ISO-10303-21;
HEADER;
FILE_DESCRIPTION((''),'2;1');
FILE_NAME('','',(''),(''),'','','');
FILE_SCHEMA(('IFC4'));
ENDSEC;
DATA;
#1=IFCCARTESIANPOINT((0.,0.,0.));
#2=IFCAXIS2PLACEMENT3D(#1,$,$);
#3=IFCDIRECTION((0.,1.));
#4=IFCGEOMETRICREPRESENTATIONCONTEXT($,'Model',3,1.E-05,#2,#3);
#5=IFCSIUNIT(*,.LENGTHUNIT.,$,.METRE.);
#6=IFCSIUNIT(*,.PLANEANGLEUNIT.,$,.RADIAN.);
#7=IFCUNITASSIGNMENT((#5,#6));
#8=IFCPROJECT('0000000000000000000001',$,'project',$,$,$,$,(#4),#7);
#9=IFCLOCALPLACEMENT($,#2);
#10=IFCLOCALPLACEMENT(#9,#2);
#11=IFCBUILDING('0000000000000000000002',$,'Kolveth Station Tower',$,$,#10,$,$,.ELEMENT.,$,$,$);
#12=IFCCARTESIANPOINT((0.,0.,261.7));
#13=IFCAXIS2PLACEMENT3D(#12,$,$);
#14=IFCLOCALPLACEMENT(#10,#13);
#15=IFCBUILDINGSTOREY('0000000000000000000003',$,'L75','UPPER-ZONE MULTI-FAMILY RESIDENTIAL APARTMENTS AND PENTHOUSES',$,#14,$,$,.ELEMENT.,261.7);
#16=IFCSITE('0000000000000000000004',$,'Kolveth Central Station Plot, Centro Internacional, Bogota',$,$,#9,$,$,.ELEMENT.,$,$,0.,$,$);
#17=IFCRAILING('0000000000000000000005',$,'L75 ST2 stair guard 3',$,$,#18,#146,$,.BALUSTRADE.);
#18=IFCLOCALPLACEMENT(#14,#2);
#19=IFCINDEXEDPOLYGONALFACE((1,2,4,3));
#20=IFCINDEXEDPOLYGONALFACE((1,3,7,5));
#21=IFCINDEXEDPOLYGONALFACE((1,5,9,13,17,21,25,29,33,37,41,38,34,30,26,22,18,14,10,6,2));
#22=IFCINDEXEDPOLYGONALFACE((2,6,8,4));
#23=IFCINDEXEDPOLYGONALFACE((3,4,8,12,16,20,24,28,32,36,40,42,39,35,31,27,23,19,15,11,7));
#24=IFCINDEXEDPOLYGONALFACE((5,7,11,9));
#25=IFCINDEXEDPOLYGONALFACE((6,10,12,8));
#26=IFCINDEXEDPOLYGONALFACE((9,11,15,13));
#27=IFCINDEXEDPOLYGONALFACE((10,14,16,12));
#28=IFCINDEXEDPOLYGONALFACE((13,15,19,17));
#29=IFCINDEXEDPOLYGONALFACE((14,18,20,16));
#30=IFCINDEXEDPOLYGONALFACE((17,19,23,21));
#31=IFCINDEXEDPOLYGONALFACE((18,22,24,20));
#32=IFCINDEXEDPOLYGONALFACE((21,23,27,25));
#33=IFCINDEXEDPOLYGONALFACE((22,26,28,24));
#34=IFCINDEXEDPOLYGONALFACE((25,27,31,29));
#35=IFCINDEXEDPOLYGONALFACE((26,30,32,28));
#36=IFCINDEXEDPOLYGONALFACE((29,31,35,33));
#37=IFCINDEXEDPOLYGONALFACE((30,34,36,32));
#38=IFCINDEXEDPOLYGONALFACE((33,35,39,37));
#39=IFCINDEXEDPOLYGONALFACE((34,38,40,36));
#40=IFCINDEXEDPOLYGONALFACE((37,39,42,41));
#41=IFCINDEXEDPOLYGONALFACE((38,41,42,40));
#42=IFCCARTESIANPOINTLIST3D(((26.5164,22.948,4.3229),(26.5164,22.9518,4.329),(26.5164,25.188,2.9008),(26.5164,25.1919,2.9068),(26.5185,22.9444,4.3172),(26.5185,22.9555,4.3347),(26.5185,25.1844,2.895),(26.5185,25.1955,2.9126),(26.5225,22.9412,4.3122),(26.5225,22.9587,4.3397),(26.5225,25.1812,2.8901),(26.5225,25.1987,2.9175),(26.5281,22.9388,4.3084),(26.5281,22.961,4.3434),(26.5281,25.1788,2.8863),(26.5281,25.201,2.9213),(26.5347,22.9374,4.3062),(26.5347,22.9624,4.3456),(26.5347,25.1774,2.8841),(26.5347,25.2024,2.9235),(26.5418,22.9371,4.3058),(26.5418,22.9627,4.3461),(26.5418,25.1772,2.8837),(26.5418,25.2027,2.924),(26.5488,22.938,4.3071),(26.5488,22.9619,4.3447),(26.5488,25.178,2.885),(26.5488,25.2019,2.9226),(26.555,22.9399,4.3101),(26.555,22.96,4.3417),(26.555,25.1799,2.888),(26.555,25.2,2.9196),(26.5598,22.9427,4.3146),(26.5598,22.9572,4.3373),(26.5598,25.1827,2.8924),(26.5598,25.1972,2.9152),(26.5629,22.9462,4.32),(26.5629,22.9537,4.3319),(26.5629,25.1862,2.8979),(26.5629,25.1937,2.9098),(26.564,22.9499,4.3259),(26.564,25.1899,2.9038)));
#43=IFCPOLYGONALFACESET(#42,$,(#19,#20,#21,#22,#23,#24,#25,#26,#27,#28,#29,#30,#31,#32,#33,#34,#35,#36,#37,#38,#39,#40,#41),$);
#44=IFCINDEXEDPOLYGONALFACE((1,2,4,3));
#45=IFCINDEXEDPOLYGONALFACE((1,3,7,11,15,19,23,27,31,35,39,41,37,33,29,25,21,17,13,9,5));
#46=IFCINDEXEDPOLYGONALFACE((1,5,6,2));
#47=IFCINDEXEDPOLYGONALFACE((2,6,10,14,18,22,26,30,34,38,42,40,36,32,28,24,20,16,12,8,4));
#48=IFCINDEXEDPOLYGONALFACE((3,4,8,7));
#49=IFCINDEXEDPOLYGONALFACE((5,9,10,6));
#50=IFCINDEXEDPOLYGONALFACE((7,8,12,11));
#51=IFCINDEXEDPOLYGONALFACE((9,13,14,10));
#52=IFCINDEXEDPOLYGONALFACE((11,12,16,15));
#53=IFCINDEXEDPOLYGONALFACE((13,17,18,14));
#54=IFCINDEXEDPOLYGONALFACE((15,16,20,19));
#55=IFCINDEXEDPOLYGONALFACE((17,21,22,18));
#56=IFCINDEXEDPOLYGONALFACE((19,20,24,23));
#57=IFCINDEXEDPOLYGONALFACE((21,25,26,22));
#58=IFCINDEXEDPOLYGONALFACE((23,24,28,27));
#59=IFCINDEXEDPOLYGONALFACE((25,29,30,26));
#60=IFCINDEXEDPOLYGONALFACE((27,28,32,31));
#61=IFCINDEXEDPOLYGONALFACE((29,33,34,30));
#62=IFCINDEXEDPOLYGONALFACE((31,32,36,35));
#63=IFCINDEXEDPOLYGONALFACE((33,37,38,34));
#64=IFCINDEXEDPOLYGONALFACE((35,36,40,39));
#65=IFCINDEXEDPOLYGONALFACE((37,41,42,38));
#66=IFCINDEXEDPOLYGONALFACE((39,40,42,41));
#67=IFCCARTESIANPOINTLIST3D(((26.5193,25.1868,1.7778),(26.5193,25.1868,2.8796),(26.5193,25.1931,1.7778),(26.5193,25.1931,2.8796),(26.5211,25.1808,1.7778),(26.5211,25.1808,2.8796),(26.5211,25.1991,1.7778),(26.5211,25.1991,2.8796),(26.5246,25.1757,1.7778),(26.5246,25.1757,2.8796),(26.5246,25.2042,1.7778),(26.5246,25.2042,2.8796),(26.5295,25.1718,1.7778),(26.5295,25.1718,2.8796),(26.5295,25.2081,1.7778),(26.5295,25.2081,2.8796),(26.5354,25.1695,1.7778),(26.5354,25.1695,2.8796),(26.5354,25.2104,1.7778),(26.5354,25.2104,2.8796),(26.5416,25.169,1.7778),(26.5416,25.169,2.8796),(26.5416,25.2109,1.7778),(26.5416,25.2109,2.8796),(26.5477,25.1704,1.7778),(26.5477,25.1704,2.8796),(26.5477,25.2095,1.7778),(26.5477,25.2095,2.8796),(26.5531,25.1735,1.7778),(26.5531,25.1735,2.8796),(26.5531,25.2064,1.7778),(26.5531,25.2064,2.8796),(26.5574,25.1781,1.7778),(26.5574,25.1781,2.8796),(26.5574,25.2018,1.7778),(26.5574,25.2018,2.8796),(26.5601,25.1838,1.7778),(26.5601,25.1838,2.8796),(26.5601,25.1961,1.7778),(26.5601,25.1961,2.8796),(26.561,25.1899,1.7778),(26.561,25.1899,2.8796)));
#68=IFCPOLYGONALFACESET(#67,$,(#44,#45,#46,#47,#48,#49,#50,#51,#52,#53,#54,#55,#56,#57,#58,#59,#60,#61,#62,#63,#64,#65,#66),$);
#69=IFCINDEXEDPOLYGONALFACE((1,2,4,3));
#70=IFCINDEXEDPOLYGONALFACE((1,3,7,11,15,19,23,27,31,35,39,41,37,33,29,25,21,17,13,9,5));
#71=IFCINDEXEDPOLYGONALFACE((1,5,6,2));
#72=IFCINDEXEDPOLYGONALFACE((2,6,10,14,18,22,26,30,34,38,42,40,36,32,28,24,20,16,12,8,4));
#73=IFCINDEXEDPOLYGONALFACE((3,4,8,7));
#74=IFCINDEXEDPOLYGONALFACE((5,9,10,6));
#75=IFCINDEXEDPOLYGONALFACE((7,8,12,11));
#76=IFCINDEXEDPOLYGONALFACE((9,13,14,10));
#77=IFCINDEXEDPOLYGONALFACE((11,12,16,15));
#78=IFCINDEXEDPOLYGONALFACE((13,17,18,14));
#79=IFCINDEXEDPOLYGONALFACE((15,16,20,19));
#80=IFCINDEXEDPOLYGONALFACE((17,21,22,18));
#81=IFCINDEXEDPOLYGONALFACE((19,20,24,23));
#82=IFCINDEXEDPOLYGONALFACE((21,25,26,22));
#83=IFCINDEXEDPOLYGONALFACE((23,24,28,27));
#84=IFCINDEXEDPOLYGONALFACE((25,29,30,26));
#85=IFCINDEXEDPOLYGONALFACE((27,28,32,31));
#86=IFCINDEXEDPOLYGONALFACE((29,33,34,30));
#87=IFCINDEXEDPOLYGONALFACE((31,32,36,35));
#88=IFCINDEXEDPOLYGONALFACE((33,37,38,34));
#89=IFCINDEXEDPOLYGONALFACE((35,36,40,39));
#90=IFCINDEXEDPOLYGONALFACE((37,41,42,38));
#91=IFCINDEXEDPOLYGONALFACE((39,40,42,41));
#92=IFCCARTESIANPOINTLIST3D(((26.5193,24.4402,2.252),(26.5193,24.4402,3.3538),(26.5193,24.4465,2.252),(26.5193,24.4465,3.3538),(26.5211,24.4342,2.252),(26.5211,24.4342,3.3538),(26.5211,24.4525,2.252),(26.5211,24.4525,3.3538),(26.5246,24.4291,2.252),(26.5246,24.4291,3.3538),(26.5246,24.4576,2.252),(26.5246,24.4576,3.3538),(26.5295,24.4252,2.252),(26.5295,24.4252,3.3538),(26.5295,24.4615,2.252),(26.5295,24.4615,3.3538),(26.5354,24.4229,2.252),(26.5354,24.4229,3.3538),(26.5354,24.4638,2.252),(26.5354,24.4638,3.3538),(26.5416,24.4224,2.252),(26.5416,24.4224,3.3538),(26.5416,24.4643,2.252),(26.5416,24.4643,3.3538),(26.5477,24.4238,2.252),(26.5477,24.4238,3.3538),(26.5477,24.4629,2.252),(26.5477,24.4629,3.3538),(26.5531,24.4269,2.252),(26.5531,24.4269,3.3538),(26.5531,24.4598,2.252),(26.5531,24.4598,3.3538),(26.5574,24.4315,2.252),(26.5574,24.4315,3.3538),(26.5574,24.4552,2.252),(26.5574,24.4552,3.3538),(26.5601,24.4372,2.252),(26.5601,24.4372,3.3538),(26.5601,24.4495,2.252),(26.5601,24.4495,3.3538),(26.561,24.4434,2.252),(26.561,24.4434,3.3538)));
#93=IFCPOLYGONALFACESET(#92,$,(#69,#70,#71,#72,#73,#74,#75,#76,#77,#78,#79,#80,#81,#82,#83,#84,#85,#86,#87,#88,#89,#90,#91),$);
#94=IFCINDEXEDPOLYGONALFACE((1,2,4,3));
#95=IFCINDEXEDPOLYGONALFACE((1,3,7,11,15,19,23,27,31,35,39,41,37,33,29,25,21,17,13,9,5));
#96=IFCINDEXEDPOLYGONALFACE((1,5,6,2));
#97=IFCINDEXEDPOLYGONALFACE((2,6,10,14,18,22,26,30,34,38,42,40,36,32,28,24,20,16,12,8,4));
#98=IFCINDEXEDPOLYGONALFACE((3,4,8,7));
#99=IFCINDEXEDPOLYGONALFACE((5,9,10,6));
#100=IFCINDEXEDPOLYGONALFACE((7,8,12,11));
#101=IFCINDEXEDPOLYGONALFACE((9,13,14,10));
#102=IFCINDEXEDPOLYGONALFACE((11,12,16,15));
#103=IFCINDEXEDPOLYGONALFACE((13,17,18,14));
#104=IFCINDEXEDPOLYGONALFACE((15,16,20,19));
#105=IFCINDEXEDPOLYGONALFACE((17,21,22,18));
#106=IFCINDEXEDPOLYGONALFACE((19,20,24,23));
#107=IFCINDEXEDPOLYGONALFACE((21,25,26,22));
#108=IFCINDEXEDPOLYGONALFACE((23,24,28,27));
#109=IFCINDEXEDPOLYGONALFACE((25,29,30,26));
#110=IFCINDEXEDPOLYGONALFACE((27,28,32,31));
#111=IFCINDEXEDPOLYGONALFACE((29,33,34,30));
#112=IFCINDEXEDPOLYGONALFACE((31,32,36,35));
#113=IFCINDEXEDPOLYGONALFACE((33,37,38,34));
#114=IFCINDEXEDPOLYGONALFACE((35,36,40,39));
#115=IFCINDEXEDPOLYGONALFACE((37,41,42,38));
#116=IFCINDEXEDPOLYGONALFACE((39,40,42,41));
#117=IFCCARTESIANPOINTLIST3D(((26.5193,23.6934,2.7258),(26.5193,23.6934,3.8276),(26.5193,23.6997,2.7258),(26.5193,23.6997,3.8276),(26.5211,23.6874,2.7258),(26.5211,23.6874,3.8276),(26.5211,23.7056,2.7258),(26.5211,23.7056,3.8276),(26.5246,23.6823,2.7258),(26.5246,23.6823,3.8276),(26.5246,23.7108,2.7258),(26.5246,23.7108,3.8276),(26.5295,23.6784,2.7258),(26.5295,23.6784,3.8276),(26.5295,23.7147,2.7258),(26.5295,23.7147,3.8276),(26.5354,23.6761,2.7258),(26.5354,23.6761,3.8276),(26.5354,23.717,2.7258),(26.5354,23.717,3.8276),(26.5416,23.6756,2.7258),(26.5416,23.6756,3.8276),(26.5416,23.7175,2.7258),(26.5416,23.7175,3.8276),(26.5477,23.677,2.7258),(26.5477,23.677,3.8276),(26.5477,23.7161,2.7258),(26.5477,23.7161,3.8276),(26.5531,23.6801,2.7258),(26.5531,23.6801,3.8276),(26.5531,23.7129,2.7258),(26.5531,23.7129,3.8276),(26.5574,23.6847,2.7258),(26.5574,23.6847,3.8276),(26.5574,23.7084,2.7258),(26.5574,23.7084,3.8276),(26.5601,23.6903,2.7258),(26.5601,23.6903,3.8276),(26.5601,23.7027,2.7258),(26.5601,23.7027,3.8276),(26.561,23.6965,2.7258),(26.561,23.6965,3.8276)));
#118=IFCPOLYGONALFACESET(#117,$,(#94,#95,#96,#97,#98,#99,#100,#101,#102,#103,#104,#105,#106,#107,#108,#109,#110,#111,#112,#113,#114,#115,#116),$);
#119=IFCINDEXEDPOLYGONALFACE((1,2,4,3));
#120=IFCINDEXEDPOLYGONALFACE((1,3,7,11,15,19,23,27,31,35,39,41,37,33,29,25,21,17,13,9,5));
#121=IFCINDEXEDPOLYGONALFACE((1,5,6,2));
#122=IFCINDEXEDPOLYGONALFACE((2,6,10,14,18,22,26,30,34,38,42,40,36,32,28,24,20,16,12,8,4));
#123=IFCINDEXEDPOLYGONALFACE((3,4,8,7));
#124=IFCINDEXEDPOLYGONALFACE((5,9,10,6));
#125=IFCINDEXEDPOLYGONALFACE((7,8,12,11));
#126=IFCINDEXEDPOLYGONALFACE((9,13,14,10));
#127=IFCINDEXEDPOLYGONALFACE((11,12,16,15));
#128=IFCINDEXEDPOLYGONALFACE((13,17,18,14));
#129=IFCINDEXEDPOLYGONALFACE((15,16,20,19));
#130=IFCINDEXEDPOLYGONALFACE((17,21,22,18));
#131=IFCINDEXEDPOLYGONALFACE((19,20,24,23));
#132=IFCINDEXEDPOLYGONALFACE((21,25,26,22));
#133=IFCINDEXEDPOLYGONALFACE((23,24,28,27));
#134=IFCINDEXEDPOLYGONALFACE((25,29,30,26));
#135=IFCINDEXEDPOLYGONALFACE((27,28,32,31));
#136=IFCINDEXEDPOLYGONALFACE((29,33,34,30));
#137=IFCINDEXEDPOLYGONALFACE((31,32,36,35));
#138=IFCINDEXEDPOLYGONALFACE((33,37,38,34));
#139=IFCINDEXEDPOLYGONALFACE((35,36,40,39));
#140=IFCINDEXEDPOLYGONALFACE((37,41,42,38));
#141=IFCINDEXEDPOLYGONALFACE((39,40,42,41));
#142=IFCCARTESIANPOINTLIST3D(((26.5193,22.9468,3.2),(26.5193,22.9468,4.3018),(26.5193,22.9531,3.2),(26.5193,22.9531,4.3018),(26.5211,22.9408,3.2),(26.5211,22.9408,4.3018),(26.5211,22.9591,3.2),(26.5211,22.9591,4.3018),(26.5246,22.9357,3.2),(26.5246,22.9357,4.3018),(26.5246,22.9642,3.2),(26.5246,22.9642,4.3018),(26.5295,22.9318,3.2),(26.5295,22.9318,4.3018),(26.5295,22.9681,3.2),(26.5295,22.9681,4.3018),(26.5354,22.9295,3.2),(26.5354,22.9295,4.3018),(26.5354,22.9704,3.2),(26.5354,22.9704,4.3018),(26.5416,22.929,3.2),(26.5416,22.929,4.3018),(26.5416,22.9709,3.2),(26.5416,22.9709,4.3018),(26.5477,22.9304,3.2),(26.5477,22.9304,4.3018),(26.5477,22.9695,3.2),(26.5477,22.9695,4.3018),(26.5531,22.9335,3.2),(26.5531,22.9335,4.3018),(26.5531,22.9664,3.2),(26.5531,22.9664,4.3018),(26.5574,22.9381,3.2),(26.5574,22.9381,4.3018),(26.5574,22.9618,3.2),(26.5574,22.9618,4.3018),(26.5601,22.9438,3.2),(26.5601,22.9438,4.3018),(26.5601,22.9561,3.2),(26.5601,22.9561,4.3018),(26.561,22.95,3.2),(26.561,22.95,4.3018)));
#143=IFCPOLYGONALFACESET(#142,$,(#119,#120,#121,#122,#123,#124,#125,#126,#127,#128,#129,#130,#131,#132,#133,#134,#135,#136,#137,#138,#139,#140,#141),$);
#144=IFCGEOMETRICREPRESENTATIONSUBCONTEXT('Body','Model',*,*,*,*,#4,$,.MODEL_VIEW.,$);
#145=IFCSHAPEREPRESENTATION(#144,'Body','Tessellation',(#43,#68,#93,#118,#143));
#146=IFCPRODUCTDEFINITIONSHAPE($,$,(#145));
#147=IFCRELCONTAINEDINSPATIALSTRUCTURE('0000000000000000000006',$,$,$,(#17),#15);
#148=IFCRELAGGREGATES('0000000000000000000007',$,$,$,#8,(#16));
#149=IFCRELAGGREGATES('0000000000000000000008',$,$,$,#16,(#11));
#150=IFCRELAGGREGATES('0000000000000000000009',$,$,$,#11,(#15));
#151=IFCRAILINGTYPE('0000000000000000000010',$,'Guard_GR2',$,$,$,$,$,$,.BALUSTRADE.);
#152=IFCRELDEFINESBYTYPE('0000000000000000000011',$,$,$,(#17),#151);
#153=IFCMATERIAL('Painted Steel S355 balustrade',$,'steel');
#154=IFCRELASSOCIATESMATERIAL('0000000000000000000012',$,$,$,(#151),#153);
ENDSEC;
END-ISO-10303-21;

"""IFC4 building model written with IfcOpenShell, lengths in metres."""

from ifc_helpers import new_model, si_unit, direction, frame, origin, origin_2d, place, context, subcontext, project, spatial, circle, extrude, material, type_object, element, save


model = new_model("IFC4")

# Units and contexts
model_context = context("Model", 3, precision=1e-05, world=origin(), true_north=direction((0.0, 1.0)))
body_context = subcontext(model_context, "Body", "Model", "MODEL_VIEW")
ifc_project = project(units=[si_unit("LENGTHUNIT", "METRE"), si_unit("PLANEANGLEUNIT", "RADIAN")], contexts=[model_context])

# Site, building, storey
site_placement = place(None, origin())
site = spatial("IfcSite", under=ifc_project, at=site_placement, Name="Kolveth Central Station Plot, Centro Internacional, Bogota", CompositionType="ELEMENT", RefElevation=0.0)
building_placement = place(site_placement, origin())
building = spatial("IfcBuilding", under=site, at=building_placement, Name="Kolveth Station Tower", CompositionType="ELEMENT")
storey_placement = place(building_placement, frame((0.0, 0.0, 261.7)))
storey = spatial("IfcBuildingStorey", under=building, at=storey_placement, Name="L75", Description="UPPER-ZONE MULTI-FAMILY RESIDENTIAL APARTMENTS AND PENTHOUSES", CompositionType="ELEMENT", Elevation=261.7)

# Railing
ifc_material_1 = material(Name="Painted Steel S355 balustrade", Category="steel")
railing_type_1 = type_object("IfcRailingType", Name="Guard_GR2", PredefinedType="BALUSTRADE", material=ifc_material_1)
railing_1_placement = place(storey_placement, frame((26.54, 25.1899, 1.7778)))
element("IfcRailing", 1, at=railing_1_placement, inside=storey, type_object=railing_type_1, Name="L75 ST2 stair guard 3", PredefinedType="BALUSTRADE", context=body_context, shape_type="SweptSolid", body=[
    extrude(circle(Radius=0.0239, at=origin_2d()), frame((0.0, 0.0, 1.126), z_axis=(0.0, -0.844229, 0.535982), x_axis=(1.0, 0.0, 0.0)), (0.0, 0.0, 1.0), 2.6533),
    extrude(circle(Radius=0.021, at=origin_2d()), origin(), (0.0, 0.0, 1.0), 1.1018),
    extrude(circle(Radius=0.021, at=origin_2d()), frame((0.0, -0.7466, 0.4741)), (0.0, 0.0, 1.0), 1.1018),
    extrude(circle(Radius=0.021, at=origin_2d()), frame((0.0, -1.4934, 0.948)), (0.0, 0.0, 1.0), 1.1018),
    extrude(circle(Radius=0.021, at=origin_2d()), frame((0.0, -2.24, 1.4221)), (0.0, 0.0, 1.0), 1.1018),
])

save(model, "model.ifc")
